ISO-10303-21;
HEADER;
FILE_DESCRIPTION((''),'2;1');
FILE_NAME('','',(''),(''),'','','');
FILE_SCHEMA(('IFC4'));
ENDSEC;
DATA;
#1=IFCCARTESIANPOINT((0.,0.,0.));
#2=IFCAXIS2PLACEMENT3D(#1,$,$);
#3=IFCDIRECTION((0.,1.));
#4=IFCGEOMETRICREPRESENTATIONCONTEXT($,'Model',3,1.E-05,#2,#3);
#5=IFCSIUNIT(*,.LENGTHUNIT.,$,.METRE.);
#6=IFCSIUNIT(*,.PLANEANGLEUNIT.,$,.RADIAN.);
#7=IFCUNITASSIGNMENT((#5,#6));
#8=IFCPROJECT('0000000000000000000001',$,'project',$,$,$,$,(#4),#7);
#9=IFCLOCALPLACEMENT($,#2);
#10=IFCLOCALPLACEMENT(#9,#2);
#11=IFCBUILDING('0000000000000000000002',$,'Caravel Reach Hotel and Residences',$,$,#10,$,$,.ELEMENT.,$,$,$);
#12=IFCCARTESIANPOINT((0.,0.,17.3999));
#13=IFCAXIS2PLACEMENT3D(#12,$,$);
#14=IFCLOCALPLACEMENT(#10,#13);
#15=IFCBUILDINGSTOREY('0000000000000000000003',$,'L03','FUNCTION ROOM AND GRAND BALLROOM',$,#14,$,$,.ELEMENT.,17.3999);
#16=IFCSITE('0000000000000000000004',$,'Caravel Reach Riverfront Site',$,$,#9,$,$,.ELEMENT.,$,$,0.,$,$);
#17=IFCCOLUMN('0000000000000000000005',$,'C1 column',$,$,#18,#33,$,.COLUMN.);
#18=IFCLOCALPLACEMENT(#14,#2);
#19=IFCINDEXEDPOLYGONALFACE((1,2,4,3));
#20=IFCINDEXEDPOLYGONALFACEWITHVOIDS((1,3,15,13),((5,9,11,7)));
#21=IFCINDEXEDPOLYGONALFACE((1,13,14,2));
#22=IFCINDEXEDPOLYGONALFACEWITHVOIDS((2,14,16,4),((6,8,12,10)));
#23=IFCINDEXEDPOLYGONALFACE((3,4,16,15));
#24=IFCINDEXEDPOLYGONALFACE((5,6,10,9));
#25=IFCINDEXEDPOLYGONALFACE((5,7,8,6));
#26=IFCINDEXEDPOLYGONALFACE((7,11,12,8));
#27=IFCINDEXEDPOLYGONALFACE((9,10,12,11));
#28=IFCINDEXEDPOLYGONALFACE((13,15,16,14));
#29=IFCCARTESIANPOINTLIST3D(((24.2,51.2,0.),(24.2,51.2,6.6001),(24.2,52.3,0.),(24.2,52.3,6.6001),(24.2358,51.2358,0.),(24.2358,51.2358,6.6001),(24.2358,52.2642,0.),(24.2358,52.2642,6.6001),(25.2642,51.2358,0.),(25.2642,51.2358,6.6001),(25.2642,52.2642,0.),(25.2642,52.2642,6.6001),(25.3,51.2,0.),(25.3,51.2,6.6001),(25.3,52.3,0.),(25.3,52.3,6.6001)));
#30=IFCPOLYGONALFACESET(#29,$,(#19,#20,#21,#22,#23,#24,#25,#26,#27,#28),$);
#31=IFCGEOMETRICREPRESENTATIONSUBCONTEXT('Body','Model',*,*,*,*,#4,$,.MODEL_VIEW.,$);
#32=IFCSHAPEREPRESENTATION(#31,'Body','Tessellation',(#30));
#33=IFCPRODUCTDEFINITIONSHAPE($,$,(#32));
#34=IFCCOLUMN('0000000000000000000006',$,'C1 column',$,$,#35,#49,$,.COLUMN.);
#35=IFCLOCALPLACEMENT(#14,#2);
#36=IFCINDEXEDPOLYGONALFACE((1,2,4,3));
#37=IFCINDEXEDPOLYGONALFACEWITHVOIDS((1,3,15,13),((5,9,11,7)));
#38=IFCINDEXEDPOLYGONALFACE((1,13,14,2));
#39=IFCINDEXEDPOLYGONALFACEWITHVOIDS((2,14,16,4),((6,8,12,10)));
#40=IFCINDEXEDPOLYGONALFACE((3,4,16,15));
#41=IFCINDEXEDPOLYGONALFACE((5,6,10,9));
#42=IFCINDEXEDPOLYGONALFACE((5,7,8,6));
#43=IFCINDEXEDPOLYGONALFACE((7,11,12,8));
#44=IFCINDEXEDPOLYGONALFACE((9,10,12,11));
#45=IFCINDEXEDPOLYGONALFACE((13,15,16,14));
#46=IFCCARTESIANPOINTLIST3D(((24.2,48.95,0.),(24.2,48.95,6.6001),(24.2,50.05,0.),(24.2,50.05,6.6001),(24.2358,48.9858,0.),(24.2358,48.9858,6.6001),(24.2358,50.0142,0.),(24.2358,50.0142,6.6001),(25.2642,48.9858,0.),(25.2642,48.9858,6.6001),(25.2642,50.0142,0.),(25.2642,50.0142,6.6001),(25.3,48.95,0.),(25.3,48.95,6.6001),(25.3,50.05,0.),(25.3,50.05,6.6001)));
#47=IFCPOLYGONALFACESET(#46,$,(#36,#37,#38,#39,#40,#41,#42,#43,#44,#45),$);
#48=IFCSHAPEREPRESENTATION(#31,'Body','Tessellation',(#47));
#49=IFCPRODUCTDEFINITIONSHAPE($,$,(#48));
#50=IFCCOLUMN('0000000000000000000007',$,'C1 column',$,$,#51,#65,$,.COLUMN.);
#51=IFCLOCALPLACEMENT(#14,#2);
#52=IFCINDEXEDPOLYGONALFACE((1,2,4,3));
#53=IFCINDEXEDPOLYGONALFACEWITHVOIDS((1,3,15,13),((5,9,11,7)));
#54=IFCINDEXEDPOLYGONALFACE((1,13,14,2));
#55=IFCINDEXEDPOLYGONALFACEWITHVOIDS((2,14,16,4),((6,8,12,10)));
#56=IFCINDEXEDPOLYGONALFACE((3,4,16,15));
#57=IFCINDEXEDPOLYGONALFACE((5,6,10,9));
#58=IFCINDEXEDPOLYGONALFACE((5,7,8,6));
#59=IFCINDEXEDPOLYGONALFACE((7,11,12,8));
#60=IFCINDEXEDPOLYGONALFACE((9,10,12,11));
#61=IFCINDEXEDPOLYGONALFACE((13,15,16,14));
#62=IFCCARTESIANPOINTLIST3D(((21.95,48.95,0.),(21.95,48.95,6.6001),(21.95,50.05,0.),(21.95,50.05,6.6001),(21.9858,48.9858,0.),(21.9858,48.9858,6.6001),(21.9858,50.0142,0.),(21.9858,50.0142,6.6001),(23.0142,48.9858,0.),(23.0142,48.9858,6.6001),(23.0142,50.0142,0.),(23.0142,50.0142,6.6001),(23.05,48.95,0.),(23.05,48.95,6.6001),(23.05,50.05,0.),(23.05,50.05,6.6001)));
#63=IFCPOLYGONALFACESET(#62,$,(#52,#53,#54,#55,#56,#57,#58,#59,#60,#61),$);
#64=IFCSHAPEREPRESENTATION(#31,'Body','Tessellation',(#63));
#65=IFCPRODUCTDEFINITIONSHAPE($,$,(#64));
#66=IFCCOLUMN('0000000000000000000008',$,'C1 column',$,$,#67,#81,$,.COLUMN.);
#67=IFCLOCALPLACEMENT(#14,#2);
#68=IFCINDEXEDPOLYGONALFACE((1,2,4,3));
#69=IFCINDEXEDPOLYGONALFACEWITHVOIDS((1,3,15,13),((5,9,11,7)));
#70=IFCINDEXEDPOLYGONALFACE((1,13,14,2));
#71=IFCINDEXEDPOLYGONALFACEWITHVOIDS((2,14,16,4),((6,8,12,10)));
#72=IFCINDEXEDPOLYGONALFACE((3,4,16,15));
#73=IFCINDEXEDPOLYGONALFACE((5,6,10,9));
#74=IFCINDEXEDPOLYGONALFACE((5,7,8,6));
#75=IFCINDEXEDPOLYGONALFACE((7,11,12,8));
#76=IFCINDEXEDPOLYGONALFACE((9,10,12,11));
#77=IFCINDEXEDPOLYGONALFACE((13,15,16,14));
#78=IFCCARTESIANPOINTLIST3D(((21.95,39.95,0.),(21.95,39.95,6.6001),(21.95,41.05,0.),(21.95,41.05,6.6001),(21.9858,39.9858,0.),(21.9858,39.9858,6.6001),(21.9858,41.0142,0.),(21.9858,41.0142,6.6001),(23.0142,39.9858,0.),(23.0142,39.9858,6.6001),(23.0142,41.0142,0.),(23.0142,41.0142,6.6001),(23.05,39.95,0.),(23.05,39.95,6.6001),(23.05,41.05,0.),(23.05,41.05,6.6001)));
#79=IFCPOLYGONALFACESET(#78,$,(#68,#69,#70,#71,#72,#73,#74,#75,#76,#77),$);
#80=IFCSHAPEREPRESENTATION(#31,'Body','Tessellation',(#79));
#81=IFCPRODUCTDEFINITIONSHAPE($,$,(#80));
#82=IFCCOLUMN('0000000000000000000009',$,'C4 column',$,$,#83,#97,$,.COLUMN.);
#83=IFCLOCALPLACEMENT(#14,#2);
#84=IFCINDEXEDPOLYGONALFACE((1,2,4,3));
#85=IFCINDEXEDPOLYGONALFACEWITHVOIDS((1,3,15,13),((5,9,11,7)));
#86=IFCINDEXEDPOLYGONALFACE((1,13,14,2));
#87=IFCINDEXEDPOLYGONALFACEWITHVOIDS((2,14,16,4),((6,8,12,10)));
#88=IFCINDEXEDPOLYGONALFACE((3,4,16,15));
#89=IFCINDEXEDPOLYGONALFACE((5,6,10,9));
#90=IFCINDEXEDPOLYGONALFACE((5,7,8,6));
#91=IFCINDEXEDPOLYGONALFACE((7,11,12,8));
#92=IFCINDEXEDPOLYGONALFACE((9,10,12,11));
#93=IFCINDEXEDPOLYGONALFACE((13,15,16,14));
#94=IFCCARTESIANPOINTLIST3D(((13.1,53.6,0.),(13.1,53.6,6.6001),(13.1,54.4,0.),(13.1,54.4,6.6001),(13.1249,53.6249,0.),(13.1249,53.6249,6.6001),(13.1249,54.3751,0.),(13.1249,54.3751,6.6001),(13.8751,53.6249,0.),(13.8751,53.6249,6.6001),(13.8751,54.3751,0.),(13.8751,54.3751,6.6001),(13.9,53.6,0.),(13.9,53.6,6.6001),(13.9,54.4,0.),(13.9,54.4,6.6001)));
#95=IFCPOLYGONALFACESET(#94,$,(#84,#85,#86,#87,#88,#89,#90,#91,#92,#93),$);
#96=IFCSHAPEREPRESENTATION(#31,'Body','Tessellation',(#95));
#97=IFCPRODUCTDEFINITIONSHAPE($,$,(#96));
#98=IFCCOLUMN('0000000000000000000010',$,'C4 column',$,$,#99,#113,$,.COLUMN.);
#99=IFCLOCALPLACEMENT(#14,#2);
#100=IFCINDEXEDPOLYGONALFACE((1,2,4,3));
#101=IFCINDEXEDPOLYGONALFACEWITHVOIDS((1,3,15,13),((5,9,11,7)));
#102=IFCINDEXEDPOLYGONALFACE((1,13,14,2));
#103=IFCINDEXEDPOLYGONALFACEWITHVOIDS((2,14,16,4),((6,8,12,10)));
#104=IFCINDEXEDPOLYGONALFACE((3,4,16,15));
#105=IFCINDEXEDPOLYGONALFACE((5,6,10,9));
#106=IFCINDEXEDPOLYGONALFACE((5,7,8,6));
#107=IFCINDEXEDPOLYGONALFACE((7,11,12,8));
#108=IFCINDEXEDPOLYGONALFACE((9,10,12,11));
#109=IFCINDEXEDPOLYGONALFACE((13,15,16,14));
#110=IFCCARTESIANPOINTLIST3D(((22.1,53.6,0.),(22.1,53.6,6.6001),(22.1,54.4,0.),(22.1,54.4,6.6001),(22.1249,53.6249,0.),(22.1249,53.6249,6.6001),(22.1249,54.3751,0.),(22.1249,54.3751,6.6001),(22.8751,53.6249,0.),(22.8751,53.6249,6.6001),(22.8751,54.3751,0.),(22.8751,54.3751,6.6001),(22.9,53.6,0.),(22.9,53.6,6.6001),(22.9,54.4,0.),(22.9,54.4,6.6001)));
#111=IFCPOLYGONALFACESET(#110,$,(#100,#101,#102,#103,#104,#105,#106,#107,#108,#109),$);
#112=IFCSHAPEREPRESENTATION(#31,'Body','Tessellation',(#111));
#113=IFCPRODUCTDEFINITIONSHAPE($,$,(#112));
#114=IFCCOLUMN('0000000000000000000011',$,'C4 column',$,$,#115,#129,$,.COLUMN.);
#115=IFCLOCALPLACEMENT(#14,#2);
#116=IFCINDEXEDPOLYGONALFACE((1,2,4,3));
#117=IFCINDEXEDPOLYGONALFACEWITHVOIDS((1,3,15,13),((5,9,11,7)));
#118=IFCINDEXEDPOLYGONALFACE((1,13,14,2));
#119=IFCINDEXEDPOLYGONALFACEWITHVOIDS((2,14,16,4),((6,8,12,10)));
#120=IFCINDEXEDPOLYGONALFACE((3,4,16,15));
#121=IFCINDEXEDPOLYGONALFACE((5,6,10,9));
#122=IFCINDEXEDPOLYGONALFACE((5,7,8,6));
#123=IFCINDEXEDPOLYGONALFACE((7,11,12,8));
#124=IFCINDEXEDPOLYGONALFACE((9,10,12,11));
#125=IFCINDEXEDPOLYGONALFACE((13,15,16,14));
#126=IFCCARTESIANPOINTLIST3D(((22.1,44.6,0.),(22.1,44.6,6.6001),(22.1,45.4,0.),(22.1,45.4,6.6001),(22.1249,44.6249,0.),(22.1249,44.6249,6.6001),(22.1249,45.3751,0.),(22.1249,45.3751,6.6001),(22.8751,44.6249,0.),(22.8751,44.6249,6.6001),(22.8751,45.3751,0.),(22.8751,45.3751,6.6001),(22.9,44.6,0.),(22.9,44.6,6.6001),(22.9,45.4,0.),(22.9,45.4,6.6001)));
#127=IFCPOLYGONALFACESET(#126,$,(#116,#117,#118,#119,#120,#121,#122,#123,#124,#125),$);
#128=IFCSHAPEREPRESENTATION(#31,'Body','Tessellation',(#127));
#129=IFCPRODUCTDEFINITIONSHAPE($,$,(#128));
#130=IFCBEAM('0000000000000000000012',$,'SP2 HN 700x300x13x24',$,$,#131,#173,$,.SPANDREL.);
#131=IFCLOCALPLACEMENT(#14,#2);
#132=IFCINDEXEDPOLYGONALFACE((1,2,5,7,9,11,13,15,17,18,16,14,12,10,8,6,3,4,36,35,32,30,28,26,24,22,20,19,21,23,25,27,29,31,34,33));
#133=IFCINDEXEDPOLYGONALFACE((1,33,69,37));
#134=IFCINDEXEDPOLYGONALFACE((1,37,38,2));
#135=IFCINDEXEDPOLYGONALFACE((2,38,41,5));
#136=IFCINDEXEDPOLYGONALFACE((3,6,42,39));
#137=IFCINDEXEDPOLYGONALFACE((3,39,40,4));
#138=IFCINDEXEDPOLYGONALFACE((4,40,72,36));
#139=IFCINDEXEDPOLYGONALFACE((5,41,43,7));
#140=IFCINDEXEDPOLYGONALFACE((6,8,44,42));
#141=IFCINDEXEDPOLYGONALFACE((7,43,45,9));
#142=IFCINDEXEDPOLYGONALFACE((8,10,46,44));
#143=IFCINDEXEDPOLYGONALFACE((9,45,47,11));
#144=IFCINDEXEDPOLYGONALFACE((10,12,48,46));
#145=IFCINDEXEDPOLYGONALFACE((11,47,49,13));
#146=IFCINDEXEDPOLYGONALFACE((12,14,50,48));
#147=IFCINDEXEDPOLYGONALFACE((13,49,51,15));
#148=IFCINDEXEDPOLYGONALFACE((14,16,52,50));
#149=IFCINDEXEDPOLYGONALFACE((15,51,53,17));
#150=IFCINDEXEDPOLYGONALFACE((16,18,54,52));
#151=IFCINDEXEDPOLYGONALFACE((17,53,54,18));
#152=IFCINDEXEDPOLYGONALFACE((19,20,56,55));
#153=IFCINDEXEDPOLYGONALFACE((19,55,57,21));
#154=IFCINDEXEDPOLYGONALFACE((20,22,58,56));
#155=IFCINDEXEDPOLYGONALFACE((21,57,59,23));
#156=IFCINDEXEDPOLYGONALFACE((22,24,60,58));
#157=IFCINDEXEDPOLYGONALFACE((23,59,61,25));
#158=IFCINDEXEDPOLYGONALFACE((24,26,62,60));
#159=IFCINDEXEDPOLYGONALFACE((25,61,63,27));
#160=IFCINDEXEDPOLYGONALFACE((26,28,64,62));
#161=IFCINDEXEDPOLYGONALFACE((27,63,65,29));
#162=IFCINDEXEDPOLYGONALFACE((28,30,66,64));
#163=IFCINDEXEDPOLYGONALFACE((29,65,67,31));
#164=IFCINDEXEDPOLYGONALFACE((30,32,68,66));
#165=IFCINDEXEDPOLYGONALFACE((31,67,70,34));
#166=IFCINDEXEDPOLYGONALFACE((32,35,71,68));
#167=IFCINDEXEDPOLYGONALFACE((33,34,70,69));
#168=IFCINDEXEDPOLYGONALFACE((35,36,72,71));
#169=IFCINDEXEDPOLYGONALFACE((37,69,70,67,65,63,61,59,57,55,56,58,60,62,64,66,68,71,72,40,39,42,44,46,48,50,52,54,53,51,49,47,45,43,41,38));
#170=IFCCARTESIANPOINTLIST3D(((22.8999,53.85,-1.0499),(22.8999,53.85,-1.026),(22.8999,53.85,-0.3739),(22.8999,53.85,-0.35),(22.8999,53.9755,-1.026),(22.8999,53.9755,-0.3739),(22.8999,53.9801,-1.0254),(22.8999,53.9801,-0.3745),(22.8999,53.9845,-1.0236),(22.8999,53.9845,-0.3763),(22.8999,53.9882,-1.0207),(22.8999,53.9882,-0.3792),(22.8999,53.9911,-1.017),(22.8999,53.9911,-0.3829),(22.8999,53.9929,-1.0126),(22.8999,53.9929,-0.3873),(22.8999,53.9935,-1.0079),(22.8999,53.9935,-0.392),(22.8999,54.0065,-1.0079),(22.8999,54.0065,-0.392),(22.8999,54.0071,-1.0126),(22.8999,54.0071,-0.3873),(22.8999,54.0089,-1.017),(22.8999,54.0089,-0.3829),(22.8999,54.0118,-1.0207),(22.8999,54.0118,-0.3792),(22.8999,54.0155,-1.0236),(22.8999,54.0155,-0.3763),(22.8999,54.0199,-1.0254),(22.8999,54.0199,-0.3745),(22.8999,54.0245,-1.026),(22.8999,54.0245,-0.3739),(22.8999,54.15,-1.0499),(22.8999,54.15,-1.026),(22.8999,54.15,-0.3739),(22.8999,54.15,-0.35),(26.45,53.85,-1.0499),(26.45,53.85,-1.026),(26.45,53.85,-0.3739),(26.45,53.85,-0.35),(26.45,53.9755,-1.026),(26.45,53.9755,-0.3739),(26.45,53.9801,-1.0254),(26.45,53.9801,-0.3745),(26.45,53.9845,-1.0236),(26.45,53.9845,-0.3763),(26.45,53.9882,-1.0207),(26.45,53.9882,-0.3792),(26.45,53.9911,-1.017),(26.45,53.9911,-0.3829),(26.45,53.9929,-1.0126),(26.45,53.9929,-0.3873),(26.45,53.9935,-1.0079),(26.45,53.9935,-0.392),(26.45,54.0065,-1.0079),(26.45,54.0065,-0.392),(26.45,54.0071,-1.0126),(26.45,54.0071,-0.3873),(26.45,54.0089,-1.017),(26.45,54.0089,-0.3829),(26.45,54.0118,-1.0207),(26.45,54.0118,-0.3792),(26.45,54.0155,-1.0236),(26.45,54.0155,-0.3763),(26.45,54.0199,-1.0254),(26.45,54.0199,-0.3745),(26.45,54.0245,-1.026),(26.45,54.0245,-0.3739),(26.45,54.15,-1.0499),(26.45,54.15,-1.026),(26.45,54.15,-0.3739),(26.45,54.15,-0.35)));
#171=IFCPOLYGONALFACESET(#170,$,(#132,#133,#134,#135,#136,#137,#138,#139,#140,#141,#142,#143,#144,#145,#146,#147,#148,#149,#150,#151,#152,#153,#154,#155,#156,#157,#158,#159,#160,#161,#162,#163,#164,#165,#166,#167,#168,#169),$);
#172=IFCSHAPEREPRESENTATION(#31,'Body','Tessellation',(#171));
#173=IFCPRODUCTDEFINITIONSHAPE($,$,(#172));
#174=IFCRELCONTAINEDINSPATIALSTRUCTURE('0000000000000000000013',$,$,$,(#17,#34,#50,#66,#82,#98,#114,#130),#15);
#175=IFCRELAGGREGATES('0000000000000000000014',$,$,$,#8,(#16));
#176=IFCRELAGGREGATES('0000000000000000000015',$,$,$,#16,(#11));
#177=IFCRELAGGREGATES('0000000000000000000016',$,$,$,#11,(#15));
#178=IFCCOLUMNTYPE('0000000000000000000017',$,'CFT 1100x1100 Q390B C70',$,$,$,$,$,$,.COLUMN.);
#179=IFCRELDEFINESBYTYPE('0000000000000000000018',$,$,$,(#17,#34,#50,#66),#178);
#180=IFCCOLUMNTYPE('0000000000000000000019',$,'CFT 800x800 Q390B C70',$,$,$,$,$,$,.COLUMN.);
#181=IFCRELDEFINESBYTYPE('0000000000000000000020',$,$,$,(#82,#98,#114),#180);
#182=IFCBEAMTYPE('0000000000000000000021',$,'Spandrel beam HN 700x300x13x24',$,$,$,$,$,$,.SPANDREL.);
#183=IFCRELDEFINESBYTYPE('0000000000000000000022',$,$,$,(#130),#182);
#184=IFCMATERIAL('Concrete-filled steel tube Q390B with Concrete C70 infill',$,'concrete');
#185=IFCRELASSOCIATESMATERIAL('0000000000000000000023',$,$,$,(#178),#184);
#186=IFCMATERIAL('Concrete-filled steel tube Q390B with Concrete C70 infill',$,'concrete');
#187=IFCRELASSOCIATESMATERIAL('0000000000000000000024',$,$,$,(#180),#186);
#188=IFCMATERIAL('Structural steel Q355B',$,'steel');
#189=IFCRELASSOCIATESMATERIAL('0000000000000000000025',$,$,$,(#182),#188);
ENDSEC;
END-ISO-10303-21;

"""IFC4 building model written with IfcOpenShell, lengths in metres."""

from ifc_helpers import new_model, si_unit, direction, frame, origin, origin_2d, place, context, subcontext, project, spatial, hollow_rectangle, i_section, extrude, material, material_profile, profile_set, type_object, element, save


model = new_model("IFC4")

# Units and contexts
model_context = context("Model", 3, precision=1e-05, world=origin(), true_north=direction((0.0, 1.0)))
body_context = subcontext(model_context, "Body", "Model", "MODEL_VIEW")
ifc_project = project(units=[si_unit("LENGTHUNIT", "METRE"), si_unit("PLANEANGLEUNIT", "RADIAN")], contexts=[model_context])

# Site, building, storey
site_placement = place(None, origin())
site = spatial("IfcSite", under=ifc_project, at=site_placement, Name="Caravel Reach Riverfront Site", CompositionType="ELEMENT", RefElevation=0.0)
building_placement = place(site_placement, origin())
building = spatial("IfcBuilding", under=site, at=building_placement, Name="Caravel Reach Hotel and Residences", CompositionType="ELEMENT")
storey_placement = place(building_placement, frame((0.0, 0.0, 17.3999)))
storey = spatial("IfcBuildingStorey", under=building, at=storey_placement, Name="L03", Description="FUNCTION ROOM AND GRAND BALLROOM", CompositionType="ELEMENT", Elevation=17.3999)

# Columns
ifc_material_1 = material(Name="Concrete-filled steel tube Q390B with Concrete C70 infill", Category="concrete")
ifc_material_profile_1 = material_profile(ifc_material_1, hollow_rectangle(XDim=1.1001, YDim=1.1001, WallThickness=0.0359, at=origin_2d()), Name="RHS 1100x1100x36")
ifc_profile_set_1 = profile_set([ifc_material_profile_1], Name="Concrete-filled steel tube Q390B with Concrete C70 infill")
column_type_1 = type_object("IfcColumnType", Name="CFT 1100x1100 Q390B C70", PredefinedType="COLUMN", material=ifc_profile_set_1)
for number, where, z_axis, x_axis, name in (
    (1, (24.75, 51.75, 0.0), (0.0, 0.0, 1.0), (1.0, 0.0, 0.0), "C1 column"),
    (2, (24.75, 49.5, 0.0), (0.0, 0.0, 1.0), (1.0, 0.0, 0.0), "C1 column"),
    (3, (22.5, 49.5, 0.0), (0.0, 0.0, 1.0), (1.0, 0.0, 0.0), "C1 column"),
    (4, (22.5, 40.5, 0.0), (0.0, 0.0, 1.0), (1.0, 0.0, 0.0), "C1 column"),
):
    element("IfcColumn", number, at=place(storey_placement, frame(where, z_axis=z_axis, x_axis=x_axis)), inside=storey, type_object=column_type_1, Name=name, PredefinedType="COLUMN", context=body_context, shape_type="SweptSolid", body=[
        extrude(hollow_rectangle(XDim=1.1001, YDim=1.1001, WallThickness=0.0359, at=origin_2d()), origin(), (0.0, 0.0, 1.0), 6.6001),
    ])
ifc_material_2 = material(Name="Concrete-filled steel tube Q390B with Concrete C70 infill", Category="concrete")
ifc_material_profile_2 = material_profile(ifc_material_2, hollow_rectangle(XDim=0.8, YDim=0.8, WallThickness=0.0249, at=origin_2d()), Name="RHS 800x800x25")
ifc_profile_set_2 = profile_set([ifc_material_profile_2], Name="Concrete-filled steel tube Q390B with Concrete C70 infill")
column_type_2 = type_object("IfcColumnType", Name="CFT 800x800 Q390B C70", PredefinedType="COLUMN", material=ifc_profile_set_2)
for number, where, z_axis, x_axis, name in (
    (5, (13.5, 54.0, 0.0), (0.0, 0.0, 1.0), (1.0, 0.0, 0.0), "C4 column"),
    (6, (22.5, 54.0, 0.0), (0.0, 0.0, 1.0), (1.0, 0.0, 0.0), "C4 column"),
    (7, (22.5, 45.0, 0.0), (0.0, 0.0, 1.0), (1.0, 0.0, 0.0), "C4 column"),
):
    element("IfcColumn", number, at=place(storey_placement, frame(where, z_axis=z_axis, x_axis=x_axis)), inside=storey, type_object=column_type_2, Name=name, PredefinedType="COLUMN", context=body_context, shape_type="SweptSolid", body=[
        extrude(hollow_rectangle(XDim=0.8, YDim=0.8, WallThickness=0.0249, at=origin_2d()), origin(), (0.0, 0.0, 1.0), 6.6001),
    ])

# Beam
ifc_material_3 = material(Name="Structural steel Q355B", Category="steel")
ifc_material_profile_3 = material_profile(ifc_material_3, i_section(OverallWidth=0.3, OverallDepth=0.7, WebThickness=0.0129, FlangeThickness=0.0239, FilletRadius=0.0181, at=origin_2d()), Name="HN 700x300x13x24")
ifc_profile_set_3 = profile_set([ifc_material_profile_3], Name="Structural steel Q355B")
beam_type = type_object("IfcBeamType", Name="Spandrel beam HN 700x300x13x24", PredefinedType="SPANDREL", material=ifc_profile_set_3)
beam_1_placement = place(storey_placement, frame((26.45, 54.0, -0.7), z_axis=(-1.0, 0.0, 0.0), x_axis=(0.0, -1.0, 0.0)))
element("IfcBeam", 8, at=beam_1_placement, inside=storey, type_object=beam_type, Name="SP2 HN 700x300x13x24", PredefinedType="SPANDREL", context=body_context, shape_type="SweptSolid", body=[
    extrude(i_section(OverallWidth=0.3, OverallDepth=0.7, WebThickness=0.0129, FlangeThickness=0.0239, FilletRadius=0.0181, at=origin_2d()), origin(), (0.0, 0.0, 1.0), 3.55),
])

save(model, "model.ifc")
